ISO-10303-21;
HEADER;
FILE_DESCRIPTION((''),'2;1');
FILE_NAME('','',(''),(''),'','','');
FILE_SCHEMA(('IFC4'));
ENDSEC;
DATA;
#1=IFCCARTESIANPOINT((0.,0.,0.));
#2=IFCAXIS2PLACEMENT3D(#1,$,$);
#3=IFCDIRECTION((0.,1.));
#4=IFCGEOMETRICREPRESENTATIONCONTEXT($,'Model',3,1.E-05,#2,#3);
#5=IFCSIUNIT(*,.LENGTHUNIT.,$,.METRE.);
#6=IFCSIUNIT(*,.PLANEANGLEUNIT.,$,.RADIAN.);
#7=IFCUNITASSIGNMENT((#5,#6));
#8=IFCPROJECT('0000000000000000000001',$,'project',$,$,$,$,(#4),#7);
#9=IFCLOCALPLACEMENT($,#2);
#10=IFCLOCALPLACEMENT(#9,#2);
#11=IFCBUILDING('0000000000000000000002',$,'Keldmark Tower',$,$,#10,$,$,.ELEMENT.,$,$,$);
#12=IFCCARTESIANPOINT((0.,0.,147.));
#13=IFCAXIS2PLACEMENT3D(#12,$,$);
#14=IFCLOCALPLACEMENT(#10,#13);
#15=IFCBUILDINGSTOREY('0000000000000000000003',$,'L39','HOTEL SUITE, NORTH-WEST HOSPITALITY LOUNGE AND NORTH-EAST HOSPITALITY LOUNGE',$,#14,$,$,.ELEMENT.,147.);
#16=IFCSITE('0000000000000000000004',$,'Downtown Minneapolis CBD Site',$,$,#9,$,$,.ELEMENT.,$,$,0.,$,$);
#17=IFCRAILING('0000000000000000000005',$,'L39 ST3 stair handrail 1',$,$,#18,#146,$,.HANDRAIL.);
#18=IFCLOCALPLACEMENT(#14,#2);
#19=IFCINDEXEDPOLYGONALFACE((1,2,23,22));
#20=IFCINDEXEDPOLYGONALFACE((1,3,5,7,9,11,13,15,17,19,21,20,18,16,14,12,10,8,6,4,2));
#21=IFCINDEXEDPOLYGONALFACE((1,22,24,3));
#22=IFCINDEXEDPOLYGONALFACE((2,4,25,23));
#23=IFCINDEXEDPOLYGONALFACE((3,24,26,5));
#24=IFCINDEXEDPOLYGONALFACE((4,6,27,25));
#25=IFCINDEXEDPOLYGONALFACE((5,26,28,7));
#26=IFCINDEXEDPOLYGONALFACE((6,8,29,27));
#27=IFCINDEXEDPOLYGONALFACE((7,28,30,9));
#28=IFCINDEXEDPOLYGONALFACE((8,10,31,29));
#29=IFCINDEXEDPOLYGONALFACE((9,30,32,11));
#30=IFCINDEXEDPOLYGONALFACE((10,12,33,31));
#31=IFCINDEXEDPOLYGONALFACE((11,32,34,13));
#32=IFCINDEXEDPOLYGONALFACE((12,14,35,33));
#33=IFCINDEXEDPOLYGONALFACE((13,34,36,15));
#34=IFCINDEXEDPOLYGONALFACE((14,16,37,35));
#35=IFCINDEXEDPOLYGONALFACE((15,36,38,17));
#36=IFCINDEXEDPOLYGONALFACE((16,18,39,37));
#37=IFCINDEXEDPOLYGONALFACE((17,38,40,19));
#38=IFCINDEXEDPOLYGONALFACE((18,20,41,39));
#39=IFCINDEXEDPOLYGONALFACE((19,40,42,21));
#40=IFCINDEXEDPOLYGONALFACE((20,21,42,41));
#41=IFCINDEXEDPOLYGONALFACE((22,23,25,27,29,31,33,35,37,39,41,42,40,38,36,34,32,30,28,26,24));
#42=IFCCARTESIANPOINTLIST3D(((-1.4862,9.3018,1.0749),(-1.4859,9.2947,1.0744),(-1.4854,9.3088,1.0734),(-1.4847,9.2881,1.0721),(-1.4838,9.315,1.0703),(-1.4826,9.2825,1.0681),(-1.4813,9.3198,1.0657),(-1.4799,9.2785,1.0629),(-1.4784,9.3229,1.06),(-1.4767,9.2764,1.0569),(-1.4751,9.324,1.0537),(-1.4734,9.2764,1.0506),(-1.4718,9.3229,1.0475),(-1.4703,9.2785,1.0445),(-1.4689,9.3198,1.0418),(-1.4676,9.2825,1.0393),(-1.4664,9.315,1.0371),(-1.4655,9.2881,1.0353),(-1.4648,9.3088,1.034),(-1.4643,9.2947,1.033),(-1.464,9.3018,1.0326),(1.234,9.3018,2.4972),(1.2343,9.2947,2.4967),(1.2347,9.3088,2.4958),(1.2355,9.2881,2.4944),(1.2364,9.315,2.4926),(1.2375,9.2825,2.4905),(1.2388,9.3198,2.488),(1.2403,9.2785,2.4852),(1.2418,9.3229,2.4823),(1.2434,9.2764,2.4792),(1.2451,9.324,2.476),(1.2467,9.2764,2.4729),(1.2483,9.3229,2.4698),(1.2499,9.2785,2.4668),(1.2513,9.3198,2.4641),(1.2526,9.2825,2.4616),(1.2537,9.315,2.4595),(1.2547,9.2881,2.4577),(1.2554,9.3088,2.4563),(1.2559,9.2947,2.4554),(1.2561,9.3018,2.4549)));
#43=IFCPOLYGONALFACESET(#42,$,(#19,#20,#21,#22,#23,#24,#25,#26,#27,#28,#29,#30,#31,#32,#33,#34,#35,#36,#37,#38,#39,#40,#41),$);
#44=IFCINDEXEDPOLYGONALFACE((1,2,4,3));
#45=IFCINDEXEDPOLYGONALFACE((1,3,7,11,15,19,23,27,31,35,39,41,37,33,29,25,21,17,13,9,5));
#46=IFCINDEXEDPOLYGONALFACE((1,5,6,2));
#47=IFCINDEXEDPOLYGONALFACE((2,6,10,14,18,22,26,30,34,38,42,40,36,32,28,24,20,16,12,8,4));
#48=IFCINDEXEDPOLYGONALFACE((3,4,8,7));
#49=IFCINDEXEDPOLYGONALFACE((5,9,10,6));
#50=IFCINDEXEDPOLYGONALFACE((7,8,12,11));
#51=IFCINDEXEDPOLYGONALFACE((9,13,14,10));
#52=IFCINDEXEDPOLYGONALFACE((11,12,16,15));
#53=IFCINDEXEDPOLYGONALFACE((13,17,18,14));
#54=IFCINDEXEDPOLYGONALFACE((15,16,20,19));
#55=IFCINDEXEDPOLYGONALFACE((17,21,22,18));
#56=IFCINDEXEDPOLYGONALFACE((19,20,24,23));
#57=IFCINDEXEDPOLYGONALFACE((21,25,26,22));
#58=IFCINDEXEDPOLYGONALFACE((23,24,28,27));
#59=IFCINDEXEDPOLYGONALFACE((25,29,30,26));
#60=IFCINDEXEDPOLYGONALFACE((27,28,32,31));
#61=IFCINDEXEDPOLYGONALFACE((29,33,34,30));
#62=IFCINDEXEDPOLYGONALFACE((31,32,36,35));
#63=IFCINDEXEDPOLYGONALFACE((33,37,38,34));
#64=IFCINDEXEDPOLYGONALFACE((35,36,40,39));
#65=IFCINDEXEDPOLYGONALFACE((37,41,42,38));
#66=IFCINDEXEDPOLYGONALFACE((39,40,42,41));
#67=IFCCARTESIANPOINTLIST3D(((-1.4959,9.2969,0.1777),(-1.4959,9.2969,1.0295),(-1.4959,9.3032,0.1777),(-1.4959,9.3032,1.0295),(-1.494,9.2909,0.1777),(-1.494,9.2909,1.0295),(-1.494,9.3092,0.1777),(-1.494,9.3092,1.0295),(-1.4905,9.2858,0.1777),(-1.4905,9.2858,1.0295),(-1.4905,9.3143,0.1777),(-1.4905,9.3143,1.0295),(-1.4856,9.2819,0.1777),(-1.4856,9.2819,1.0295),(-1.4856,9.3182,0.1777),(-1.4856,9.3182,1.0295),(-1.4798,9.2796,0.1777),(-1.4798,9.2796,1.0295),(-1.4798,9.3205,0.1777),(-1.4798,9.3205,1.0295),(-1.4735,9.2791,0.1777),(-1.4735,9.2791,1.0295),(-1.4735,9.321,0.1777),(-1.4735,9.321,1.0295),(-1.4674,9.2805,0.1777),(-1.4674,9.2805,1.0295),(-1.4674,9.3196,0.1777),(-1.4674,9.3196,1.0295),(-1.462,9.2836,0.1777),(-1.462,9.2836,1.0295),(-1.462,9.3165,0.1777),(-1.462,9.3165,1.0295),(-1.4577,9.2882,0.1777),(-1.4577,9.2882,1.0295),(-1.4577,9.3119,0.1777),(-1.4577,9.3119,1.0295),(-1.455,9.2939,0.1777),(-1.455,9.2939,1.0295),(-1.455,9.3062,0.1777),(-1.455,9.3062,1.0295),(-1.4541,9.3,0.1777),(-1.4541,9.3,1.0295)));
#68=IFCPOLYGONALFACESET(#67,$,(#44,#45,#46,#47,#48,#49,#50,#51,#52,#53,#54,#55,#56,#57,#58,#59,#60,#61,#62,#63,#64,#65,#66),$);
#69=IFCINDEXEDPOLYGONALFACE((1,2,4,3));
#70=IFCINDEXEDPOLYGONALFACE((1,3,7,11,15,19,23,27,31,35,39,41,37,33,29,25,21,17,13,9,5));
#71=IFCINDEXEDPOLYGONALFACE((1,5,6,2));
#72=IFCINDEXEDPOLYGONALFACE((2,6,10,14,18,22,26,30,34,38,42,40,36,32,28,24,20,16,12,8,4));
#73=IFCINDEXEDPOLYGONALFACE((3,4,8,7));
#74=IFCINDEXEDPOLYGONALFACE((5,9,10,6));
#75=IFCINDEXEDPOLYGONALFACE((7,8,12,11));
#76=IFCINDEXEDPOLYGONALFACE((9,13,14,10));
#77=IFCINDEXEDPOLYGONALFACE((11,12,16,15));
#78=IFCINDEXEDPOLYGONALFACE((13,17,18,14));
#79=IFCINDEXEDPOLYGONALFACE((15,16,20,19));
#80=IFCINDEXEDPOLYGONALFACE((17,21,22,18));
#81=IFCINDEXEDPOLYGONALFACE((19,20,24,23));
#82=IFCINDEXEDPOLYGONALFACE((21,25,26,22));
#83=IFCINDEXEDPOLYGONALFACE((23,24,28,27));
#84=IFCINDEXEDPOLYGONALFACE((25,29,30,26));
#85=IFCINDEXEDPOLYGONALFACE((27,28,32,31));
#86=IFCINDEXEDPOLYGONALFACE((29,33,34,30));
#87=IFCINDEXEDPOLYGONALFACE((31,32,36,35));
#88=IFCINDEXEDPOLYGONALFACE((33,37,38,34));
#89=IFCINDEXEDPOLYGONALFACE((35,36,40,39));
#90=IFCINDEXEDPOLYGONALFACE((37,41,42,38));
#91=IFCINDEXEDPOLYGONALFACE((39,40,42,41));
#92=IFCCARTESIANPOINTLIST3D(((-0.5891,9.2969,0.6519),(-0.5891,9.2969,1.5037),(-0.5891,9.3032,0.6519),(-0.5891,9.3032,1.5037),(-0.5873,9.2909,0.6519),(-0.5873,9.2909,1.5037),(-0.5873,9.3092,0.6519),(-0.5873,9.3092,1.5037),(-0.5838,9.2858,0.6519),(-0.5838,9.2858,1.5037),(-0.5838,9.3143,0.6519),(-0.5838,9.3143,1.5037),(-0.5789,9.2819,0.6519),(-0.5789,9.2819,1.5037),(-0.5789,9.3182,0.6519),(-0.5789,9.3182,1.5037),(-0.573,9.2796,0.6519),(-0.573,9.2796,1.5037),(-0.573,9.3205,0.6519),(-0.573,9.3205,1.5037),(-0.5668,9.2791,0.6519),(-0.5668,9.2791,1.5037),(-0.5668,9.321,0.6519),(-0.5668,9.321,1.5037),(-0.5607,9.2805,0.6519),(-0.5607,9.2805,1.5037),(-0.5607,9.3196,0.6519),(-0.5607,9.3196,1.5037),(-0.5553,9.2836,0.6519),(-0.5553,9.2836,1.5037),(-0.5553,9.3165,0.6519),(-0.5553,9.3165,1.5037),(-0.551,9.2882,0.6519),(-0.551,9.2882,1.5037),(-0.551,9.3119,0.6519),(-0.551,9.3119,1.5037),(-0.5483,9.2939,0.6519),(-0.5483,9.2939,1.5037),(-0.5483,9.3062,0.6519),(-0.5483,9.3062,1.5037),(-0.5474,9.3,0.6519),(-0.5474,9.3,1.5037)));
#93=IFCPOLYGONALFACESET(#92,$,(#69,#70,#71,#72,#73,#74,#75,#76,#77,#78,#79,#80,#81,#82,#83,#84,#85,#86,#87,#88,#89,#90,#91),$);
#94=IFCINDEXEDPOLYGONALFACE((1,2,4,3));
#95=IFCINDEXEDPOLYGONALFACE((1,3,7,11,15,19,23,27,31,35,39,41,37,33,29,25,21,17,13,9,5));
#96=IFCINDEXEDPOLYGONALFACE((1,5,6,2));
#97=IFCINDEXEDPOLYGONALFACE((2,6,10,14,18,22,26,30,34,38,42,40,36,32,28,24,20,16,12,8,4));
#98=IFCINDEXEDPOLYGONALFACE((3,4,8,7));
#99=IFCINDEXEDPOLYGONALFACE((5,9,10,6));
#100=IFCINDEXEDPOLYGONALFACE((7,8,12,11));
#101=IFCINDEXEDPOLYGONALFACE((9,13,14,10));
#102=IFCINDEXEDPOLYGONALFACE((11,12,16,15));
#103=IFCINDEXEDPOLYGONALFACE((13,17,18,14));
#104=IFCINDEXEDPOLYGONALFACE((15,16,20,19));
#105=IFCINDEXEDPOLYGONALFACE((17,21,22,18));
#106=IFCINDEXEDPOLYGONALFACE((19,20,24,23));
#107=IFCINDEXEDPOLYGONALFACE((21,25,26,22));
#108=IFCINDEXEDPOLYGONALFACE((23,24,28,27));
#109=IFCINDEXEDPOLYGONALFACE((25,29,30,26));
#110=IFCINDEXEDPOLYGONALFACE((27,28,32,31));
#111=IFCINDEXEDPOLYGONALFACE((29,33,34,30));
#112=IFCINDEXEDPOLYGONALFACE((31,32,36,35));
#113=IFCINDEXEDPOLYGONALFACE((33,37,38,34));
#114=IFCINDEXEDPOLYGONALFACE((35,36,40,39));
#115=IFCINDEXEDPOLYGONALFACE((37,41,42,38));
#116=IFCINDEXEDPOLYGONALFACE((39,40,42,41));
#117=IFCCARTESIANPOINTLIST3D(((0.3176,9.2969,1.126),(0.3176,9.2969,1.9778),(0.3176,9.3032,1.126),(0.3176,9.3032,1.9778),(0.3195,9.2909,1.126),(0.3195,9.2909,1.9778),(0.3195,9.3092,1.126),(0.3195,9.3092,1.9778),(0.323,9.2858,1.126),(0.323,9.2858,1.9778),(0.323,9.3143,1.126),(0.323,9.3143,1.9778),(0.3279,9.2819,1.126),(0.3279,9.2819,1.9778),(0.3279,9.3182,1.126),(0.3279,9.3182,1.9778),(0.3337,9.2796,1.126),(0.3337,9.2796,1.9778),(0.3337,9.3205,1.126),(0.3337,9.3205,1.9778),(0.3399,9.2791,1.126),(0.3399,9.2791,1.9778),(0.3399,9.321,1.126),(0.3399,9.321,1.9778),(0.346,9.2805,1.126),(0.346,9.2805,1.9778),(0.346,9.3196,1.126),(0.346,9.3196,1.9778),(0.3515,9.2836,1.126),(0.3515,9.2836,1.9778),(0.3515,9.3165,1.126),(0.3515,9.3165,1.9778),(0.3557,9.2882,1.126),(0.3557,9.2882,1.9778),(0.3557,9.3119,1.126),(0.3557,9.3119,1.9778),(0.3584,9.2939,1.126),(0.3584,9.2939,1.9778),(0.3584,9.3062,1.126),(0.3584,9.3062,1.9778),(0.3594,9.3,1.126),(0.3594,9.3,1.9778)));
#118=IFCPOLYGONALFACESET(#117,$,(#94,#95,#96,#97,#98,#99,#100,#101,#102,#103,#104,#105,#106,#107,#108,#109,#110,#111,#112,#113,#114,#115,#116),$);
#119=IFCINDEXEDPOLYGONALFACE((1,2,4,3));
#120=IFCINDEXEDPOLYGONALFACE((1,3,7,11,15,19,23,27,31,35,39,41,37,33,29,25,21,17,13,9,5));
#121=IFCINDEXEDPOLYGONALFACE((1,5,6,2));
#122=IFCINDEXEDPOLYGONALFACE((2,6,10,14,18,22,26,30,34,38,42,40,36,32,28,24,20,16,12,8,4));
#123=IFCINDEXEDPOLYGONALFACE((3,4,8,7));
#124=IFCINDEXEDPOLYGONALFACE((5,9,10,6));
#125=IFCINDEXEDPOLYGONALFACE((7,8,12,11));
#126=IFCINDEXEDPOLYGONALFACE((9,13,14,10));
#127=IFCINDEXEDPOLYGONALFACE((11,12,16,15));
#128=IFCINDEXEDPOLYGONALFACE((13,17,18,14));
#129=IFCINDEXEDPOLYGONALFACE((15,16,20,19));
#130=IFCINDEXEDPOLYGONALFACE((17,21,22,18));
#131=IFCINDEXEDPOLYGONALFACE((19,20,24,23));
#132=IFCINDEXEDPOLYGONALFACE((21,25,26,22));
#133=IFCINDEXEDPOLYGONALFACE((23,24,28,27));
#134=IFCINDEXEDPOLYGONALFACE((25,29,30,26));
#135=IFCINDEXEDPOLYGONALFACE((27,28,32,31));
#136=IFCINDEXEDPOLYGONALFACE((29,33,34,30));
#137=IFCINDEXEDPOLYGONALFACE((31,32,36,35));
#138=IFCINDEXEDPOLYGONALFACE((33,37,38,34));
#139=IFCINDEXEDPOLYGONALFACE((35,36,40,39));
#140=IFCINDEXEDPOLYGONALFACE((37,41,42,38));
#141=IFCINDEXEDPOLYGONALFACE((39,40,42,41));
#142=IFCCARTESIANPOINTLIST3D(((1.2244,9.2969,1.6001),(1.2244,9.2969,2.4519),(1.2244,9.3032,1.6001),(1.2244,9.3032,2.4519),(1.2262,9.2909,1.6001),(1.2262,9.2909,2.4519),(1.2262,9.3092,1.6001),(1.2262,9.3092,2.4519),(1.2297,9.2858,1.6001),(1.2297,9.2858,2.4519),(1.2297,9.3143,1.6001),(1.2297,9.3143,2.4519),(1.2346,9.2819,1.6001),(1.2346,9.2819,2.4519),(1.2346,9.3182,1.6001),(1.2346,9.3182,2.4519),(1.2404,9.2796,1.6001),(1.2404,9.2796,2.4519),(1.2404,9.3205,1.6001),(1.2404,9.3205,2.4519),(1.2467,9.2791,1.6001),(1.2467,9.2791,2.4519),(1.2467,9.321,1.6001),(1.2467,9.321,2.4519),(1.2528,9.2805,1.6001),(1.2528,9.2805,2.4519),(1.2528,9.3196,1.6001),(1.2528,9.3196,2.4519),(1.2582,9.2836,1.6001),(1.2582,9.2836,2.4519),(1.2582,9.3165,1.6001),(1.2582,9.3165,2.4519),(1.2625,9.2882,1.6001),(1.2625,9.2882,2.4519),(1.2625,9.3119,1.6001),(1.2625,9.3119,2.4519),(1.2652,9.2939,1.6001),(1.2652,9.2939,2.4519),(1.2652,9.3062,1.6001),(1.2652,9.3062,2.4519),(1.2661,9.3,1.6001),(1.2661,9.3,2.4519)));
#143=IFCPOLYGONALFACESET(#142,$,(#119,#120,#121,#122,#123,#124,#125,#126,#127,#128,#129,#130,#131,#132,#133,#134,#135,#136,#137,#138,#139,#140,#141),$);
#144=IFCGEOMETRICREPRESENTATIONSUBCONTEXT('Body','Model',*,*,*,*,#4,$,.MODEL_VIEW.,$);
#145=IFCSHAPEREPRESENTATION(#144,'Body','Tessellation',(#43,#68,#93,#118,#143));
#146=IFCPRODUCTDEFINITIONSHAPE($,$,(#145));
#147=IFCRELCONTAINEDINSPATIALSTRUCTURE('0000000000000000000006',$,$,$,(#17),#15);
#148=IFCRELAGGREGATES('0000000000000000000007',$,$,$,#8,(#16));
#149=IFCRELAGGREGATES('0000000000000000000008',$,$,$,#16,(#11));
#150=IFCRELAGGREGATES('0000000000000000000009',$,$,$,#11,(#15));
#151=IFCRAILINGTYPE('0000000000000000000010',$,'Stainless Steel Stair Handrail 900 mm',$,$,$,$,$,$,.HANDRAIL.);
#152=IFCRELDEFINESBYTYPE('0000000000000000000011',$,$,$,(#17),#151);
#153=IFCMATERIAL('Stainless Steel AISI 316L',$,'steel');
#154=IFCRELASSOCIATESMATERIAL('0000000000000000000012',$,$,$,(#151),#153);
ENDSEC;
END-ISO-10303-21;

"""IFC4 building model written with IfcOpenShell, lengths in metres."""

from ifc_helpers import new_model, si_unit, direction, frame, origin, origin_2d, place, context, subcontext, project, spatial, circle, extrude, material, type_object, element, save


model = new_model("IFC4")

# Units and contexts
model_context = context("Model", 3, precision=1e-05, world=origin(), true_north=direction((0.0, 1.0)))
body_context = subcontext(model_context, "Body", "Model", "MODEL_VIEW")
ifc_project = project(units=[si_unit("LENGTHUNIT", "METRE"), si_unit("PLANEANGLEUNIT", "RADIAN")], contexts=[model_context])

# Site, building, storey
site_placement = place(None, origin())
site = spatial("IfcSite", under=ifc_project, at=site_placement, Name="Downtown Minneapolis CBD Site", CompositionType="ELEMENT", RefElevation=0.0)
building_placement = place(site_placement, origin())
building = spatial("IfcBuilding", under=site, at=building_placement, Name="Keldmark Tower", CompositionType="ELEMENT")
storey_placement = place(building_placement, frame((0.0, 0.0, 147.0)))
storey = spatial("IfcBuildingStorey", under=building, at=storey_placement, Name="L39", Description="HOTEL SUITE, NORTH-WEST HOSPITALITY LOUNGE AND NORTH-EAST HOSPITALITY LOUNGE", CompositionType="ELEMENT", Elevation=147.0)

# Railing
ifc_material_1 = material(Name="Stainless Steel AISI 316L", Category="steel")
railing_type = type_object("IfcRailingType", Name="Stainless Steel Stair Handrail 900 mm", PredefinedType="HANDRAIL", material=ifc_material_1)
railing_placement = place(storey_placement, frame((-1.4751, 9.3, 0.1777)))
element("IfcRailing", 1, at=railing_placement, inside=storey, type_object=railing_type, Name="L39 ST3 stair handrail 1", PredefinedType="HANDRAIL", context=body_context, shape_type="SweptSolid", body=[
    extrude(circle(Radius=0.0239, at=origin_2d()), frame((0.0, 0.0, 0.876), z_axis=(0.886168, 0.0, 0.463365), x_axis=(0.0, 1.0, 0.0)), (0.0, 0.0, 1.0), 3.0696),
    extrude(circle(Radius=0.021, at=origin_2d()), origin(), (0.0, 0.0, 1.0), 0.8518),
    extrude(circle(Radius=0.021, at=origin_2d()), frame((0.9067, 0.0, 0.4741)), (0.0, 0.0, 1.0), 0.8518),
    extrude(circle(Radius=0.021, at=origin_2d()), frame((1.8135, 0.0, 0.9482)), (0.0, 0.0, 1.0), 0.8518),
    extrude(circle(Radius=0.021, at=origin_2d()), frame((2.7202, 0.0, 1.4224)), (0.0, 0.0, 1.0), 0.8518),
])

save(model, "model.ifc")
